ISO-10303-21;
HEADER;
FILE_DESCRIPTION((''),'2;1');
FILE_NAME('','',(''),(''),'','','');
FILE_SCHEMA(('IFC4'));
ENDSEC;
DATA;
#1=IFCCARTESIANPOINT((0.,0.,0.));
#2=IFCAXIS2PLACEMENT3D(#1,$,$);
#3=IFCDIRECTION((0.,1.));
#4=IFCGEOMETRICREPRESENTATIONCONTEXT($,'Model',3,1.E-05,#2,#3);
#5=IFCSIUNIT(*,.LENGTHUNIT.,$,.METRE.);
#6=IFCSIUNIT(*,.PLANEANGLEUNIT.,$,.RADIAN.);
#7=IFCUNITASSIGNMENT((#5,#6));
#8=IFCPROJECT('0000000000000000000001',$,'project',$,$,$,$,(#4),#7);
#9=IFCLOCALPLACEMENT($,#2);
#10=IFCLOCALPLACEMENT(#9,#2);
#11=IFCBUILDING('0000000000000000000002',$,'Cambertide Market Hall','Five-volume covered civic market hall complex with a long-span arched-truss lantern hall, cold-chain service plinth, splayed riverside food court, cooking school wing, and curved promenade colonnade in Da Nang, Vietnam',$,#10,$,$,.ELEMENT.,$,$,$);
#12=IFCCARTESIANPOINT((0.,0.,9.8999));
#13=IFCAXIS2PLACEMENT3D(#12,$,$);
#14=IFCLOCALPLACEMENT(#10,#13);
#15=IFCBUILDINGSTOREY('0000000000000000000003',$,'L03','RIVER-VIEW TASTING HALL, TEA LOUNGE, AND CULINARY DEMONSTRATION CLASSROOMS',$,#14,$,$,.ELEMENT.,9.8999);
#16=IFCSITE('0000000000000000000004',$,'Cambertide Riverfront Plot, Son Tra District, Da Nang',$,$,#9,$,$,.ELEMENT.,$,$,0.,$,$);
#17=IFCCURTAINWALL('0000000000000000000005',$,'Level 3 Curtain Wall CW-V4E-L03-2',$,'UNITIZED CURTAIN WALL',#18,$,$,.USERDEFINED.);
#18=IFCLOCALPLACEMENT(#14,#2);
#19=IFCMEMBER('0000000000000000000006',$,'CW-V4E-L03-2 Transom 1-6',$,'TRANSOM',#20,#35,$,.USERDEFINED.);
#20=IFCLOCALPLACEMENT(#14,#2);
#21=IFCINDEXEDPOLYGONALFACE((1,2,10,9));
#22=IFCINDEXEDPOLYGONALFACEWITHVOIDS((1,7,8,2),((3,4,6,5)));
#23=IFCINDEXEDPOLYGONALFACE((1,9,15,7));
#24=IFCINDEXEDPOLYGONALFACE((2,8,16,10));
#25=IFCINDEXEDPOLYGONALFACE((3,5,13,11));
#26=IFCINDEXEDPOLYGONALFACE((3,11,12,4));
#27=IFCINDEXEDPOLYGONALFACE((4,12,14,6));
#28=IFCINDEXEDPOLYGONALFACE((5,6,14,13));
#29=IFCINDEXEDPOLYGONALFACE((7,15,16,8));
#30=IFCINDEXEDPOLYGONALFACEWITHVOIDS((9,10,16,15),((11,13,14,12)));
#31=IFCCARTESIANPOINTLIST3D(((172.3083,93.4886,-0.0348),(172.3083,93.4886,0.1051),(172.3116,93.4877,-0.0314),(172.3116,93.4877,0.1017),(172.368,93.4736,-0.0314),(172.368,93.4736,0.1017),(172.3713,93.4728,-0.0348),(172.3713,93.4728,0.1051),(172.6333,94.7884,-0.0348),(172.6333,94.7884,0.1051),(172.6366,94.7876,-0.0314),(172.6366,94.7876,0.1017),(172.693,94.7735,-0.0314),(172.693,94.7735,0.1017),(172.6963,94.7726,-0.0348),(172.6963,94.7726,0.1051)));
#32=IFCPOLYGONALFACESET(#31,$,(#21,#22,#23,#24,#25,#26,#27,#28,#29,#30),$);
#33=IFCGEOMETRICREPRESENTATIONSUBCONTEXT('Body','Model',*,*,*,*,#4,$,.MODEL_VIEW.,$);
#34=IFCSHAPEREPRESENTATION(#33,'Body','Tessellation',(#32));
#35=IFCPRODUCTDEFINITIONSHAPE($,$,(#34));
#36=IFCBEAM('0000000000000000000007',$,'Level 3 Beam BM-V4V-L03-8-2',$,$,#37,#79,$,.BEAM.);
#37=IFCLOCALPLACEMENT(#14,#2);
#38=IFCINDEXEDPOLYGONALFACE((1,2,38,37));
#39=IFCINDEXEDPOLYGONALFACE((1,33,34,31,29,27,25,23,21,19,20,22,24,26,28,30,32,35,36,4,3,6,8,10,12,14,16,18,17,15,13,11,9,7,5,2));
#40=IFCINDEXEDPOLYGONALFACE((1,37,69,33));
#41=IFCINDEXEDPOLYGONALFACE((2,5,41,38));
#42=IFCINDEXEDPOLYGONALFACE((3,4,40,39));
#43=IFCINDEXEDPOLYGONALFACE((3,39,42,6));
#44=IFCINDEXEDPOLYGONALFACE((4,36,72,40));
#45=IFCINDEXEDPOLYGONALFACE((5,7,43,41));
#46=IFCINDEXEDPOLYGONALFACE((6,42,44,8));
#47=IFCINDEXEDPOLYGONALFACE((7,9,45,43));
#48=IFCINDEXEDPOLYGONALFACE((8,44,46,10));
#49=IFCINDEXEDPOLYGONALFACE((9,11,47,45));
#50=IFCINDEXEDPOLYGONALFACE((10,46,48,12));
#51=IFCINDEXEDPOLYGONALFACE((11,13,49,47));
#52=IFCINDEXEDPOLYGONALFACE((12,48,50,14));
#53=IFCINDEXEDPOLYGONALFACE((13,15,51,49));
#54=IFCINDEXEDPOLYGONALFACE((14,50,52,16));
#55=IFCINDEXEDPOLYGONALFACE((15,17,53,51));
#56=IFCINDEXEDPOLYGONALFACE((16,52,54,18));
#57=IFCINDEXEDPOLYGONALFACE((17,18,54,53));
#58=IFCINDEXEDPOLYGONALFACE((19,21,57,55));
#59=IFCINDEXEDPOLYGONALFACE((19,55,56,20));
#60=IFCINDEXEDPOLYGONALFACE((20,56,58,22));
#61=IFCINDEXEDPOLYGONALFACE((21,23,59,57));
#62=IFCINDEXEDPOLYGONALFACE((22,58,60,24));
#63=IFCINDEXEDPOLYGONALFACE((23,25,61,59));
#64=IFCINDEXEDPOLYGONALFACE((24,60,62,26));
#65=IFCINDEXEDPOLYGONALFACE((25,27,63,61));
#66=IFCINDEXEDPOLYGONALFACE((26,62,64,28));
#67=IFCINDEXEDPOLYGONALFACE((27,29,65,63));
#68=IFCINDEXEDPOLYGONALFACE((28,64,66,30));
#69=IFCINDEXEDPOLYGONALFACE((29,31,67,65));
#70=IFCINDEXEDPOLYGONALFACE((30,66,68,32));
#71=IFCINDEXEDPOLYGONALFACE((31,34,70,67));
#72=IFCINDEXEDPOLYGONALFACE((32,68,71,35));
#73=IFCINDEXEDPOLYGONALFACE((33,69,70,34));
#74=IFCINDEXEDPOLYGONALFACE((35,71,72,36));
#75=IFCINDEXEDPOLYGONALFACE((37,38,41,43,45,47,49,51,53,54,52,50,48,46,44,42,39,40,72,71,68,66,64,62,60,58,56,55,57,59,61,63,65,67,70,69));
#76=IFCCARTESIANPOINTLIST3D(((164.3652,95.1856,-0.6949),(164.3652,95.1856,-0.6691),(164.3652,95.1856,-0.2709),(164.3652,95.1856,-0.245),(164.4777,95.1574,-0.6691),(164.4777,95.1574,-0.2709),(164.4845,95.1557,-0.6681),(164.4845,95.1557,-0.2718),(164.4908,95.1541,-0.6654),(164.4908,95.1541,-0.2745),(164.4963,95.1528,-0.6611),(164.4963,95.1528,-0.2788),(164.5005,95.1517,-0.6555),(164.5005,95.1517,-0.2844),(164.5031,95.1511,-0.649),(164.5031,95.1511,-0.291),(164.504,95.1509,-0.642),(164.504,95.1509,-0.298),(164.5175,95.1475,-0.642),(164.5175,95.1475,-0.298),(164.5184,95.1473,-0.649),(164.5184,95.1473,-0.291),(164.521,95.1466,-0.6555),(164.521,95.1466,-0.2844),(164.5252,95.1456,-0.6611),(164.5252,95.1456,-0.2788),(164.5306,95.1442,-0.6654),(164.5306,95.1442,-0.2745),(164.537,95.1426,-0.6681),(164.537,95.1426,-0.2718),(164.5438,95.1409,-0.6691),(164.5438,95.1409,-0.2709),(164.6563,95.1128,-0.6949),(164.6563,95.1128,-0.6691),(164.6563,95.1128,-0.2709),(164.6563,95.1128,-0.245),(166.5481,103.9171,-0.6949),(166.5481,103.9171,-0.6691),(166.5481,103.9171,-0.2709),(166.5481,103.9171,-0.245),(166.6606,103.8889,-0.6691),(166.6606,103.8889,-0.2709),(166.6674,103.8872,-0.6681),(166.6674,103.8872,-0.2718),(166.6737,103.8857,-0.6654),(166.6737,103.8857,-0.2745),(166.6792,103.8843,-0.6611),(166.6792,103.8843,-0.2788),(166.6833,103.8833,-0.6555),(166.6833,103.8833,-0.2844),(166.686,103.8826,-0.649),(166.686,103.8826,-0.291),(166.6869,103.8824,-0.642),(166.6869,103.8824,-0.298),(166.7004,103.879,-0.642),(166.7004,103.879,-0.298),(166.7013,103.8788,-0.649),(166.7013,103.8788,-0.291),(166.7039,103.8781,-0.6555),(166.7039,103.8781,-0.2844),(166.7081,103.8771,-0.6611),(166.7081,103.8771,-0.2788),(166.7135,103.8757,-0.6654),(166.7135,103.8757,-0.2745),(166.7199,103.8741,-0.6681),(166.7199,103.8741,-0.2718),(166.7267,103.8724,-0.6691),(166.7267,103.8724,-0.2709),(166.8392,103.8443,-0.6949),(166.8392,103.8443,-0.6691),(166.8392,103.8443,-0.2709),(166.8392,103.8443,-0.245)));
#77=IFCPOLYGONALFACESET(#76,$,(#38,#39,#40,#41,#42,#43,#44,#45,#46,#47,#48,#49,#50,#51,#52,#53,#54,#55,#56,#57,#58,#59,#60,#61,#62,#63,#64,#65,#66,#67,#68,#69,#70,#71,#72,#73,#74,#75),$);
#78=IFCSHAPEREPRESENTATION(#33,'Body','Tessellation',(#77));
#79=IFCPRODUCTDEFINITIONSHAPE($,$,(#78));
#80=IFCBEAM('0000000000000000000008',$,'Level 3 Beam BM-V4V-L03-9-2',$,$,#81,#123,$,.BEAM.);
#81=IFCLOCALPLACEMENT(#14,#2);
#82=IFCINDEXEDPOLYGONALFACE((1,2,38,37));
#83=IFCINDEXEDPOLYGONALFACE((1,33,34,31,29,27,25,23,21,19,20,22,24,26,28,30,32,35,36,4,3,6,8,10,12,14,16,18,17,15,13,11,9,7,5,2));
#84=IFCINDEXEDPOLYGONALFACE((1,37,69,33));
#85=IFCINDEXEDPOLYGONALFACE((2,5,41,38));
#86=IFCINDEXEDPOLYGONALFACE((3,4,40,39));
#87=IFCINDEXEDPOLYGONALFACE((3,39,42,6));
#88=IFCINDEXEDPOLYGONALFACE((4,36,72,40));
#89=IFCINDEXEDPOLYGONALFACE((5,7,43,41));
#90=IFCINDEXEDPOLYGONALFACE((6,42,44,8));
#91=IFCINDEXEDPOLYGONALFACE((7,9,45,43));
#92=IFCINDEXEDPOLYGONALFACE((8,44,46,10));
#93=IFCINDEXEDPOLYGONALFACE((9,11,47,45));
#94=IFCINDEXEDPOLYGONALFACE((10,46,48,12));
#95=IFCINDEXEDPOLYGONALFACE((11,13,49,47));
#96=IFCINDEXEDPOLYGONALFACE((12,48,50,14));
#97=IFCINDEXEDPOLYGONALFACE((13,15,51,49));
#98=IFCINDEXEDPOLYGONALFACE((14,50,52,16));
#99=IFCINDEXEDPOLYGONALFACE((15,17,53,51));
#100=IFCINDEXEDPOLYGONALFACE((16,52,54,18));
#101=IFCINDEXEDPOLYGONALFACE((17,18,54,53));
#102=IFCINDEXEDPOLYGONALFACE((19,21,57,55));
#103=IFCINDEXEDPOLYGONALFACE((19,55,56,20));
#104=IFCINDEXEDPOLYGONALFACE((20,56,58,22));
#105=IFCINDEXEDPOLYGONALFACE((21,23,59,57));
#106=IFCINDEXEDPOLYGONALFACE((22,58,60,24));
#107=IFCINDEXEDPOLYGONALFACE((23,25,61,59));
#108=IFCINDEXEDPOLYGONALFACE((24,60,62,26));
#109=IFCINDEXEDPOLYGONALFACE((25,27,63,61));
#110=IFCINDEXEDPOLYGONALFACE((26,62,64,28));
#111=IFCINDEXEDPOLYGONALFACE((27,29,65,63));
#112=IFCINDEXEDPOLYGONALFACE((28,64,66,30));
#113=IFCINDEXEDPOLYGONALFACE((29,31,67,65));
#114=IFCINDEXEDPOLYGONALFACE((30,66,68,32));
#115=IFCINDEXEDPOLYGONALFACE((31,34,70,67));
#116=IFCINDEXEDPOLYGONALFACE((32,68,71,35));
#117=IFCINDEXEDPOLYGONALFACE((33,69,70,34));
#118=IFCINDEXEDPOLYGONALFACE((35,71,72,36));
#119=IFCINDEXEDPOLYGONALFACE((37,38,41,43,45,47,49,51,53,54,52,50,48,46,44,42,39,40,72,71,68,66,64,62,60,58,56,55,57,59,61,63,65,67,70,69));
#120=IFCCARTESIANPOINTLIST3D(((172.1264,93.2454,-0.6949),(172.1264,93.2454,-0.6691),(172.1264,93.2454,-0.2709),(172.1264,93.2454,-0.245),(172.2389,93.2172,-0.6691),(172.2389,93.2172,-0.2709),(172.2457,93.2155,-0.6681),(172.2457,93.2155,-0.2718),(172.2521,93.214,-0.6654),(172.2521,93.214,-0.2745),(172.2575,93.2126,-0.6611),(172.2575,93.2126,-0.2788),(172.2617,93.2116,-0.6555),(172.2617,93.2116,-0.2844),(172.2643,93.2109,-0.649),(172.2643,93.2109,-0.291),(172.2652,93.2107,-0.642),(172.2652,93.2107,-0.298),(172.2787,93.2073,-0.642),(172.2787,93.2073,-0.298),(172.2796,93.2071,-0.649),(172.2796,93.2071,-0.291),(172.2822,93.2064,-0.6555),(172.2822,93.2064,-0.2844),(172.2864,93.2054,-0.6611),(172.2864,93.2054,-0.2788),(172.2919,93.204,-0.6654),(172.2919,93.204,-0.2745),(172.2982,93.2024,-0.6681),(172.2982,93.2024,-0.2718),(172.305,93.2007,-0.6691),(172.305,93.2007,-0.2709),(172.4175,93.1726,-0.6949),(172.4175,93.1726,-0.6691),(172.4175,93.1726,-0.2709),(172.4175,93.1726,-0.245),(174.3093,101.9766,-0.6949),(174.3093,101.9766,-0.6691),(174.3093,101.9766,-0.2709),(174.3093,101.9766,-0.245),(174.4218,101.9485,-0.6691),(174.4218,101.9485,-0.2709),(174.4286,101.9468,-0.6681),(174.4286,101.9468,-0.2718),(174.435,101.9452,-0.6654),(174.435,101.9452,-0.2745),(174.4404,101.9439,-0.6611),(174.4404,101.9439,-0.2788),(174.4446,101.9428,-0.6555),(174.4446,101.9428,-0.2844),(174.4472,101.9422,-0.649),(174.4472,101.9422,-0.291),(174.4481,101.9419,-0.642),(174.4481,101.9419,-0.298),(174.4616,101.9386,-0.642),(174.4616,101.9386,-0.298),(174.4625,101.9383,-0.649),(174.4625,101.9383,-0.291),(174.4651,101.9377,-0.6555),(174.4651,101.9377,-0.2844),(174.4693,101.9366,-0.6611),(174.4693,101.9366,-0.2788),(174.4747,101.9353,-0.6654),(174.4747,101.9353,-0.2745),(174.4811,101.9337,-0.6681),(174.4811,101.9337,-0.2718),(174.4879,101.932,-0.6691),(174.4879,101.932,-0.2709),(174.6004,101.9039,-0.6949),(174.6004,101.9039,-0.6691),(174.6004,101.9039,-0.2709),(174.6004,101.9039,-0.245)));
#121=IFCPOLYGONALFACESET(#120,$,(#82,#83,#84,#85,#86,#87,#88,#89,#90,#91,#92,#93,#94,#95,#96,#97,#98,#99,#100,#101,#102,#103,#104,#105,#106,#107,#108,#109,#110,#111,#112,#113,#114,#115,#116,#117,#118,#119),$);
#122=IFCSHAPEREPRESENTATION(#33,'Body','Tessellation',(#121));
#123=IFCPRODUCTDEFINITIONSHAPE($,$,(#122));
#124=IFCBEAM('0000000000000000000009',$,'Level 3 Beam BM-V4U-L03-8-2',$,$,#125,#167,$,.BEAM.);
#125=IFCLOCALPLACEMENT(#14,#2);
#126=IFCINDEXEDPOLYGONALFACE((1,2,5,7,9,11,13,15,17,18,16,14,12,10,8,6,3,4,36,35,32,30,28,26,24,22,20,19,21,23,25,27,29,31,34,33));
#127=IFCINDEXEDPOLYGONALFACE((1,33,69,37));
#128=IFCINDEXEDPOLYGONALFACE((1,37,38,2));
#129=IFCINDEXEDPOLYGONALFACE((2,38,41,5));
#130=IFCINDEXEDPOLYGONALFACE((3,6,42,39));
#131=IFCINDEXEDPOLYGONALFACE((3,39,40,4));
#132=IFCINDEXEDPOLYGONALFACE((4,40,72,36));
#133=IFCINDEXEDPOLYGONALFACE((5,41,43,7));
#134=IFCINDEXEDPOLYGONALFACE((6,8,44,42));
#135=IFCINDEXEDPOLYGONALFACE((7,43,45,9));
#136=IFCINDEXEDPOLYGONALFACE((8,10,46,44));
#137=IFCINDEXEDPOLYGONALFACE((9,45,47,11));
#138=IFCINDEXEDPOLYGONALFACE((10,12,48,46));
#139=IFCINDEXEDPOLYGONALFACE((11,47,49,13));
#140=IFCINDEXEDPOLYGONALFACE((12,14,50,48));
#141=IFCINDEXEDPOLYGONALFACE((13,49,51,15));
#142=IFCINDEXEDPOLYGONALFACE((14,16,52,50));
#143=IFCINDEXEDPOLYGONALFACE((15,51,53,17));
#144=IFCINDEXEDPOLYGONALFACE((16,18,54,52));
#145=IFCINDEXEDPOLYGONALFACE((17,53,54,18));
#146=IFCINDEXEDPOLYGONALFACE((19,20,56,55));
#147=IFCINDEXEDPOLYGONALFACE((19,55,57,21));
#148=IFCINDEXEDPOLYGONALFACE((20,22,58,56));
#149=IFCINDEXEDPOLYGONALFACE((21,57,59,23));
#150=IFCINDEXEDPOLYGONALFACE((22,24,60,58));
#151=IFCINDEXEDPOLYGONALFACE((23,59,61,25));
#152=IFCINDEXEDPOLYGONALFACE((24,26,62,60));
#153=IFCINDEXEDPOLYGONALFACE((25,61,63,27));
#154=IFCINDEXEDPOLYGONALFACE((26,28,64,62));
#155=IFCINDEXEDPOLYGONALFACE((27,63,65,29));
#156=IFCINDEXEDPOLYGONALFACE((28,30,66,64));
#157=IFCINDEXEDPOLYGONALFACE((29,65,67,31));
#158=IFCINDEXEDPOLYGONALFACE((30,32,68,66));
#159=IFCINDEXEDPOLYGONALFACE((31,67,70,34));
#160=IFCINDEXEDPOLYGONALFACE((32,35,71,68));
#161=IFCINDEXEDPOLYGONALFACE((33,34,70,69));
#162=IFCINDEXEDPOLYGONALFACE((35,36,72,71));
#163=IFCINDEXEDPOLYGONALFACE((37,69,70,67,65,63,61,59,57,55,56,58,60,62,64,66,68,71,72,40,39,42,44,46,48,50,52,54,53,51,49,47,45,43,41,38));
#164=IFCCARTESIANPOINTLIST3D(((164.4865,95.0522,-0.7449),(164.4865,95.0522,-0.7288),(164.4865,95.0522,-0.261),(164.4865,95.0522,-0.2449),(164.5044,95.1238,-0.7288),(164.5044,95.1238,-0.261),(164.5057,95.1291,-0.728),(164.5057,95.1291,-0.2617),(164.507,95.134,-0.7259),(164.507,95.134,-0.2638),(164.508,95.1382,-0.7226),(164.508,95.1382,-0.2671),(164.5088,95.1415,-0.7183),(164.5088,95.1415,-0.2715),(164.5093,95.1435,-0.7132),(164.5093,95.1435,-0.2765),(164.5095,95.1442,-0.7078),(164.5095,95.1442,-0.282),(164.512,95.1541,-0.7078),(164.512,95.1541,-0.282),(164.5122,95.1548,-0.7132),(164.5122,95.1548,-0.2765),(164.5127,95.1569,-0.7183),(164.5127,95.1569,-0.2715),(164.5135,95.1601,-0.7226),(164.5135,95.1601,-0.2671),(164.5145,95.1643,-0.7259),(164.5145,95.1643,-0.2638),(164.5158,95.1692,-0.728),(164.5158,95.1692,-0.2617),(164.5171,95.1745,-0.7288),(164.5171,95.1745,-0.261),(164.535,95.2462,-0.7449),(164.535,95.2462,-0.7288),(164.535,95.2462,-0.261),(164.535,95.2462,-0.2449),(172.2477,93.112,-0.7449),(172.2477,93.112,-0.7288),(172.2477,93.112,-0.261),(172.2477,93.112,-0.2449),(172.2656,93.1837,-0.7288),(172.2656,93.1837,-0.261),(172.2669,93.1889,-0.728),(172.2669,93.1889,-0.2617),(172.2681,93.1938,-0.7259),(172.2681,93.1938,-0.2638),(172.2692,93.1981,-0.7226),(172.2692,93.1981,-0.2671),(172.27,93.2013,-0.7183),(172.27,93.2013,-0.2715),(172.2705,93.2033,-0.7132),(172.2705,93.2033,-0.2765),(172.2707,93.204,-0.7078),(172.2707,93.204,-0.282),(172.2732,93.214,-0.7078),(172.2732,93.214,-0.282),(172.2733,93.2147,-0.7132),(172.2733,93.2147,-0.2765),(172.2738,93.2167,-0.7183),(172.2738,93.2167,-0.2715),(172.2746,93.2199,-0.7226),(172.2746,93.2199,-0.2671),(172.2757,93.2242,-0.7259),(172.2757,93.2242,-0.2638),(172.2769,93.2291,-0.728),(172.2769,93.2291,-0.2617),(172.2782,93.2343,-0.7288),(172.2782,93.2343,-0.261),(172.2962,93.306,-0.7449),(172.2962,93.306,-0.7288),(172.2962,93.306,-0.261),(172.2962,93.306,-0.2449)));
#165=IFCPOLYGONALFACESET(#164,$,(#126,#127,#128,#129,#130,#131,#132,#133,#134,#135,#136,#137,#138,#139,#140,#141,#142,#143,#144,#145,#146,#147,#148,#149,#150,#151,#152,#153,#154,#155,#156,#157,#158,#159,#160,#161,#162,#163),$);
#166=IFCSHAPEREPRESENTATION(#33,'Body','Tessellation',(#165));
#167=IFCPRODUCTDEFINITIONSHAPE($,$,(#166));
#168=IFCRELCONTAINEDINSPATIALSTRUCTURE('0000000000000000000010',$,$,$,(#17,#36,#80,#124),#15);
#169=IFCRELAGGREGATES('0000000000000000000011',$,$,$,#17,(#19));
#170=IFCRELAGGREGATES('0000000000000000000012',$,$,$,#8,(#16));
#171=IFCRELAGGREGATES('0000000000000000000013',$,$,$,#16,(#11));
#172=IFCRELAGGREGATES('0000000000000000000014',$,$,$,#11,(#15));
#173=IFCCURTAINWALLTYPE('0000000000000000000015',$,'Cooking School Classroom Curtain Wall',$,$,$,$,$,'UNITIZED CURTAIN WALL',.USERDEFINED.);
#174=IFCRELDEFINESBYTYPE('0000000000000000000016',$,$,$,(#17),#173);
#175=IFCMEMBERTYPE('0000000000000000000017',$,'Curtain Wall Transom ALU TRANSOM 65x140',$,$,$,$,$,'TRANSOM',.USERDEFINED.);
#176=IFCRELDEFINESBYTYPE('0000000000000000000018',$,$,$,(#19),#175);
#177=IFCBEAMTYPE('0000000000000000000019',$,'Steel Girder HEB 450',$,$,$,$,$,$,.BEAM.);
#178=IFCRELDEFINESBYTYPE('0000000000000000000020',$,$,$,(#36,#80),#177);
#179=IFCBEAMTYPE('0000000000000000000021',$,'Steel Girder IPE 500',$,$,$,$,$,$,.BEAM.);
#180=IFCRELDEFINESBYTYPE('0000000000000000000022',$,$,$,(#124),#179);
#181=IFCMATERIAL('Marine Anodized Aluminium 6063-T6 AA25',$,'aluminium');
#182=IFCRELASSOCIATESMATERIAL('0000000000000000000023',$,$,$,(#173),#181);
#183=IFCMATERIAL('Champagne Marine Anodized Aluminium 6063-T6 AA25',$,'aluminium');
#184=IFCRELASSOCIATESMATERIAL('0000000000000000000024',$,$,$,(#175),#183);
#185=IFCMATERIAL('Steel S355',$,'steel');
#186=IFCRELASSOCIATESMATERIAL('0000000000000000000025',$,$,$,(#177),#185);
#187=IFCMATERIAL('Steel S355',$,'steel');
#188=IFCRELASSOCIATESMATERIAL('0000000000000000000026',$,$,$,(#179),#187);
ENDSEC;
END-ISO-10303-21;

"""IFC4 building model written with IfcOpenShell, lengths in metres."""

from ifc_helpers import new_model, si_unit, direction, frame, origin, origin_2d, place, context, subcontext, project, spatial, hollow_rectangle, i_section, extrude, material, material_profile, profile_set, type_object, element, aggregate, save


model = new_model("IFC4")

# Units and contexts
model_context = context("Model", 3, precision=1e-05, world=origin(), true_north=direction((0.0, 1.0)))
body_context = subcontext(model_context, "Body", "Model", "MODEL_VIEW")
ifc_project = project(units=[si_unit("LENGTHUNIT", "METRE"), si_unit("PLANEANGLEUNIT", "RADIAN")], contexts=[model_context])

# Site, building, storey
site_placement = place(None, origin())
site = spatial("IfcSite", under=ifc_project, at=site_placement, Name="Cambertide Riverfront Plot, Son Tra District, Da Nang", CompositionType="ELEMENT", RefElevation=0.0)
building_placement = place(site_placement, origin())
building = spatial("IfcBuilding", under=site, at=building_placement, Name="Cambertide Market Hall", Description="Five-volume covered civic market hall complex with a long-span arched-truss lantern hall, cold-chain service plinth, splayed riverside food court, cooking school wing, and curved promenade colonnade in Da Nang, Vietnam", CompositionType="ELEMENT")
storey_placement = place(building_placement, frame((0.0, 0.0, 9.8999)))
storey = spatial("IfcBuildingStorey", under=building, at=storey_placement, Name="L03", Description="RIVER-VIEW TASTING HALL, TEA LOUNGE, AND CULINARY DEMONSTRATION CLASSROOMS", CompositionType="ELEMENT", Elevation=9.8999)

# Curtain wall
ifc_material_1 = material(Name="Marine Anodized Aluminium 6063-T6 AA25", Category="aluminium")
curtain_wall_type = type_object("IfcCurtainWallType", Name="Cooking School Classroom Curtain Wall", ElementType="UNITIZED CURTAIN WALL", PredefinedType="USERDEFINED", material=ifc_material_1)
curtain_wall_1_placement = place(storey_placement, origin())
curtain_wall_1 = element("IfcCurtainWall", 1, at=curtain_wall_1_placement, inside=storey, type_object=curtain_wall_type, Name="Level 3 Curtain Wall CW-V4E-L03-2", ObjectType="UNITIZED CURTAIN WALL", PredefinedType="USERDEFINED")

# Member
ifc_material_2 = material(Name="Champagne Marine Anodized Aluminium 6063-T6 AA25", Category="aluminium")
ifc_material_profile_1 = material_profile(ifc_material_2, hollow_rectangle(XDim=0.0649, YDim=0.1399, WallThickness=0.0034, at=origin_2d()), Name="ALU TRANSOM 65x140")
ifc_profile_set_1 = profile_set([ifc_material_profile_1], Name="Champagne Marine Anodized Aluminium 6063-T6 AA25")
member_type_1 = type_object("IfcMemberType", Name="Curtain Wall Transom ALU TRANSOM 65x140", ElementType="TRANSOM", PredefinedType="USERDEFINED", material=ifc_profile_set_1)
member_1_placement = place(storey_placement, frame((172.6648, 94.7805, 0.0352), z_axis=(-0.242536, -0.970143, 0.0), x_axis=(0.970143, -0.242536, 0.0)))
member_1 = element("IfcMember", 2, at=member_1_placement, type_object=member_type_1, Name="CW-V4E-L03-2 Transom 1-6", ObjectType="TRANSOM", PredefinedType="USERDEFINED", context=body_context, shape_type="SweptSolid", body=[
    extrude(hollow_rectangle(XDim=0.0649, YDim=0.1399, WallThickness=0.0034, at=origin_2d()), origin(), (0.0, 0.0, 1.0), 1.3398),
])

# Beams
ifc_material_3 = material(Name="Steel S355", Category="steel")
ifc_material_profile_2 = material_profile(ifc_material_3, i_section(OverallWidth=0.3, OverallDepth=0.45, WebThickness=0.0139, FlangeThickness=0.0259, FilletRadius=0.0271, at=origin_2d()), Name="HEB 450")
ifc_profile_set_2 = profile_set([ifc_material_profile_2], Name="Steel S355")
beam_type_1 = type_object("IfcBeamType", Name="Steel Girder HEB 450", PredefinedType="BEAM", material=ifc_profile_set_2)
beam_1_placement = place(storey_placement, frame((164.5107, 95.1492, -0.47), z_axis=(0.242536, 0.970143, 0.0), x_axis=(-0.970143, 0.242536, 0.0)))
element("IfcBeam", 3, at=beam_1_placement, inside=storey, type_object=beam_type_1, Name="Level 3 Beam BM-V4V-L03-8-2", PredefinedType="BEAM", context=body_context, shape_type="SweptSolid", body=[
    extrude(i_section(OverallWidth=0.3, OverallDepth=0.45, WebThickness=0.0139, FlangeThickness=0.0259, FilletRadius=0.0271, at=origin_2d()), origin(), (0.0, 0.0, 1.0), 9.0002),
])
beam_2_placement = place(storey_placement, frame((172.272, 93.209, -0.47), z_axis=(0.242542, 0.970141, 0.0), x_axis=(-0.970141, 0.242542, 0.0)))
element("IfcBeam", 4, at=beam_2_placement, inside=storey, type_object=beam_type_1, Name="Level 3 Beam BM-V4V-L03-9-2", PredefinedType="BEAM", context=body_context, shape_type="SweptSolid", body=[
    extrude(i_section(OverallWidth=0.3, OverallDepth=0.45, WebThickness=0.0139, FlangeThickness=0.0259, FilletRadius=0.0271, at=origin_2d()), origin(), (0.0, 0.0, 1.0), 9.0),
])
ifc_material_4 = material(Name="Steel S355", Category="steel")
ifc_material_profile_3 = material_profile(ifc_material_4, i_section(OverallWidth=0.2, OverallDepth=0.5, WebThickness=0.0103, FlangeThickness=0.0161, FilletRadius=0.021, at=origin_2d()), Name="IPE 500")
ifc_profile_set_3 = profile_set([ifc_material_profile_3], Name="Steel S355")
beam_type_2 = type_object("IfcBeamType", Name="Steel Girder IPE 500", PredefinedType="BEAM", material=ifc_profile_set_3)
beam_3_placement = place(storey_placement, frame((164.5107, 95.1492, -0.4949), z_axis=(0.970146, -0.242521, 0.0), x_axis=(0.242521, 0.970146, 0.0)))
element("IfcBeam", 5, at=beam_3_placement, inside=storey, type_object=beam_type_2, Name="Level 3 Beam BM-V4U-L03-8-2", PredefinedType="BEAM", context=body_context, shape_type="SweptSolid", body=[
    extrude(i_section(OverallWidth=0.2, OverallDepth=0.5, WebThickness=0.0103, FlangeThickness=0.0161, FilletRadius=0.021, at=origin_2d()), origin(), (0.0, 0.0, 1.0), 8.0),
])

aggregate(curtain_wall_1, [member_1])

save(model, "model.ifc")
